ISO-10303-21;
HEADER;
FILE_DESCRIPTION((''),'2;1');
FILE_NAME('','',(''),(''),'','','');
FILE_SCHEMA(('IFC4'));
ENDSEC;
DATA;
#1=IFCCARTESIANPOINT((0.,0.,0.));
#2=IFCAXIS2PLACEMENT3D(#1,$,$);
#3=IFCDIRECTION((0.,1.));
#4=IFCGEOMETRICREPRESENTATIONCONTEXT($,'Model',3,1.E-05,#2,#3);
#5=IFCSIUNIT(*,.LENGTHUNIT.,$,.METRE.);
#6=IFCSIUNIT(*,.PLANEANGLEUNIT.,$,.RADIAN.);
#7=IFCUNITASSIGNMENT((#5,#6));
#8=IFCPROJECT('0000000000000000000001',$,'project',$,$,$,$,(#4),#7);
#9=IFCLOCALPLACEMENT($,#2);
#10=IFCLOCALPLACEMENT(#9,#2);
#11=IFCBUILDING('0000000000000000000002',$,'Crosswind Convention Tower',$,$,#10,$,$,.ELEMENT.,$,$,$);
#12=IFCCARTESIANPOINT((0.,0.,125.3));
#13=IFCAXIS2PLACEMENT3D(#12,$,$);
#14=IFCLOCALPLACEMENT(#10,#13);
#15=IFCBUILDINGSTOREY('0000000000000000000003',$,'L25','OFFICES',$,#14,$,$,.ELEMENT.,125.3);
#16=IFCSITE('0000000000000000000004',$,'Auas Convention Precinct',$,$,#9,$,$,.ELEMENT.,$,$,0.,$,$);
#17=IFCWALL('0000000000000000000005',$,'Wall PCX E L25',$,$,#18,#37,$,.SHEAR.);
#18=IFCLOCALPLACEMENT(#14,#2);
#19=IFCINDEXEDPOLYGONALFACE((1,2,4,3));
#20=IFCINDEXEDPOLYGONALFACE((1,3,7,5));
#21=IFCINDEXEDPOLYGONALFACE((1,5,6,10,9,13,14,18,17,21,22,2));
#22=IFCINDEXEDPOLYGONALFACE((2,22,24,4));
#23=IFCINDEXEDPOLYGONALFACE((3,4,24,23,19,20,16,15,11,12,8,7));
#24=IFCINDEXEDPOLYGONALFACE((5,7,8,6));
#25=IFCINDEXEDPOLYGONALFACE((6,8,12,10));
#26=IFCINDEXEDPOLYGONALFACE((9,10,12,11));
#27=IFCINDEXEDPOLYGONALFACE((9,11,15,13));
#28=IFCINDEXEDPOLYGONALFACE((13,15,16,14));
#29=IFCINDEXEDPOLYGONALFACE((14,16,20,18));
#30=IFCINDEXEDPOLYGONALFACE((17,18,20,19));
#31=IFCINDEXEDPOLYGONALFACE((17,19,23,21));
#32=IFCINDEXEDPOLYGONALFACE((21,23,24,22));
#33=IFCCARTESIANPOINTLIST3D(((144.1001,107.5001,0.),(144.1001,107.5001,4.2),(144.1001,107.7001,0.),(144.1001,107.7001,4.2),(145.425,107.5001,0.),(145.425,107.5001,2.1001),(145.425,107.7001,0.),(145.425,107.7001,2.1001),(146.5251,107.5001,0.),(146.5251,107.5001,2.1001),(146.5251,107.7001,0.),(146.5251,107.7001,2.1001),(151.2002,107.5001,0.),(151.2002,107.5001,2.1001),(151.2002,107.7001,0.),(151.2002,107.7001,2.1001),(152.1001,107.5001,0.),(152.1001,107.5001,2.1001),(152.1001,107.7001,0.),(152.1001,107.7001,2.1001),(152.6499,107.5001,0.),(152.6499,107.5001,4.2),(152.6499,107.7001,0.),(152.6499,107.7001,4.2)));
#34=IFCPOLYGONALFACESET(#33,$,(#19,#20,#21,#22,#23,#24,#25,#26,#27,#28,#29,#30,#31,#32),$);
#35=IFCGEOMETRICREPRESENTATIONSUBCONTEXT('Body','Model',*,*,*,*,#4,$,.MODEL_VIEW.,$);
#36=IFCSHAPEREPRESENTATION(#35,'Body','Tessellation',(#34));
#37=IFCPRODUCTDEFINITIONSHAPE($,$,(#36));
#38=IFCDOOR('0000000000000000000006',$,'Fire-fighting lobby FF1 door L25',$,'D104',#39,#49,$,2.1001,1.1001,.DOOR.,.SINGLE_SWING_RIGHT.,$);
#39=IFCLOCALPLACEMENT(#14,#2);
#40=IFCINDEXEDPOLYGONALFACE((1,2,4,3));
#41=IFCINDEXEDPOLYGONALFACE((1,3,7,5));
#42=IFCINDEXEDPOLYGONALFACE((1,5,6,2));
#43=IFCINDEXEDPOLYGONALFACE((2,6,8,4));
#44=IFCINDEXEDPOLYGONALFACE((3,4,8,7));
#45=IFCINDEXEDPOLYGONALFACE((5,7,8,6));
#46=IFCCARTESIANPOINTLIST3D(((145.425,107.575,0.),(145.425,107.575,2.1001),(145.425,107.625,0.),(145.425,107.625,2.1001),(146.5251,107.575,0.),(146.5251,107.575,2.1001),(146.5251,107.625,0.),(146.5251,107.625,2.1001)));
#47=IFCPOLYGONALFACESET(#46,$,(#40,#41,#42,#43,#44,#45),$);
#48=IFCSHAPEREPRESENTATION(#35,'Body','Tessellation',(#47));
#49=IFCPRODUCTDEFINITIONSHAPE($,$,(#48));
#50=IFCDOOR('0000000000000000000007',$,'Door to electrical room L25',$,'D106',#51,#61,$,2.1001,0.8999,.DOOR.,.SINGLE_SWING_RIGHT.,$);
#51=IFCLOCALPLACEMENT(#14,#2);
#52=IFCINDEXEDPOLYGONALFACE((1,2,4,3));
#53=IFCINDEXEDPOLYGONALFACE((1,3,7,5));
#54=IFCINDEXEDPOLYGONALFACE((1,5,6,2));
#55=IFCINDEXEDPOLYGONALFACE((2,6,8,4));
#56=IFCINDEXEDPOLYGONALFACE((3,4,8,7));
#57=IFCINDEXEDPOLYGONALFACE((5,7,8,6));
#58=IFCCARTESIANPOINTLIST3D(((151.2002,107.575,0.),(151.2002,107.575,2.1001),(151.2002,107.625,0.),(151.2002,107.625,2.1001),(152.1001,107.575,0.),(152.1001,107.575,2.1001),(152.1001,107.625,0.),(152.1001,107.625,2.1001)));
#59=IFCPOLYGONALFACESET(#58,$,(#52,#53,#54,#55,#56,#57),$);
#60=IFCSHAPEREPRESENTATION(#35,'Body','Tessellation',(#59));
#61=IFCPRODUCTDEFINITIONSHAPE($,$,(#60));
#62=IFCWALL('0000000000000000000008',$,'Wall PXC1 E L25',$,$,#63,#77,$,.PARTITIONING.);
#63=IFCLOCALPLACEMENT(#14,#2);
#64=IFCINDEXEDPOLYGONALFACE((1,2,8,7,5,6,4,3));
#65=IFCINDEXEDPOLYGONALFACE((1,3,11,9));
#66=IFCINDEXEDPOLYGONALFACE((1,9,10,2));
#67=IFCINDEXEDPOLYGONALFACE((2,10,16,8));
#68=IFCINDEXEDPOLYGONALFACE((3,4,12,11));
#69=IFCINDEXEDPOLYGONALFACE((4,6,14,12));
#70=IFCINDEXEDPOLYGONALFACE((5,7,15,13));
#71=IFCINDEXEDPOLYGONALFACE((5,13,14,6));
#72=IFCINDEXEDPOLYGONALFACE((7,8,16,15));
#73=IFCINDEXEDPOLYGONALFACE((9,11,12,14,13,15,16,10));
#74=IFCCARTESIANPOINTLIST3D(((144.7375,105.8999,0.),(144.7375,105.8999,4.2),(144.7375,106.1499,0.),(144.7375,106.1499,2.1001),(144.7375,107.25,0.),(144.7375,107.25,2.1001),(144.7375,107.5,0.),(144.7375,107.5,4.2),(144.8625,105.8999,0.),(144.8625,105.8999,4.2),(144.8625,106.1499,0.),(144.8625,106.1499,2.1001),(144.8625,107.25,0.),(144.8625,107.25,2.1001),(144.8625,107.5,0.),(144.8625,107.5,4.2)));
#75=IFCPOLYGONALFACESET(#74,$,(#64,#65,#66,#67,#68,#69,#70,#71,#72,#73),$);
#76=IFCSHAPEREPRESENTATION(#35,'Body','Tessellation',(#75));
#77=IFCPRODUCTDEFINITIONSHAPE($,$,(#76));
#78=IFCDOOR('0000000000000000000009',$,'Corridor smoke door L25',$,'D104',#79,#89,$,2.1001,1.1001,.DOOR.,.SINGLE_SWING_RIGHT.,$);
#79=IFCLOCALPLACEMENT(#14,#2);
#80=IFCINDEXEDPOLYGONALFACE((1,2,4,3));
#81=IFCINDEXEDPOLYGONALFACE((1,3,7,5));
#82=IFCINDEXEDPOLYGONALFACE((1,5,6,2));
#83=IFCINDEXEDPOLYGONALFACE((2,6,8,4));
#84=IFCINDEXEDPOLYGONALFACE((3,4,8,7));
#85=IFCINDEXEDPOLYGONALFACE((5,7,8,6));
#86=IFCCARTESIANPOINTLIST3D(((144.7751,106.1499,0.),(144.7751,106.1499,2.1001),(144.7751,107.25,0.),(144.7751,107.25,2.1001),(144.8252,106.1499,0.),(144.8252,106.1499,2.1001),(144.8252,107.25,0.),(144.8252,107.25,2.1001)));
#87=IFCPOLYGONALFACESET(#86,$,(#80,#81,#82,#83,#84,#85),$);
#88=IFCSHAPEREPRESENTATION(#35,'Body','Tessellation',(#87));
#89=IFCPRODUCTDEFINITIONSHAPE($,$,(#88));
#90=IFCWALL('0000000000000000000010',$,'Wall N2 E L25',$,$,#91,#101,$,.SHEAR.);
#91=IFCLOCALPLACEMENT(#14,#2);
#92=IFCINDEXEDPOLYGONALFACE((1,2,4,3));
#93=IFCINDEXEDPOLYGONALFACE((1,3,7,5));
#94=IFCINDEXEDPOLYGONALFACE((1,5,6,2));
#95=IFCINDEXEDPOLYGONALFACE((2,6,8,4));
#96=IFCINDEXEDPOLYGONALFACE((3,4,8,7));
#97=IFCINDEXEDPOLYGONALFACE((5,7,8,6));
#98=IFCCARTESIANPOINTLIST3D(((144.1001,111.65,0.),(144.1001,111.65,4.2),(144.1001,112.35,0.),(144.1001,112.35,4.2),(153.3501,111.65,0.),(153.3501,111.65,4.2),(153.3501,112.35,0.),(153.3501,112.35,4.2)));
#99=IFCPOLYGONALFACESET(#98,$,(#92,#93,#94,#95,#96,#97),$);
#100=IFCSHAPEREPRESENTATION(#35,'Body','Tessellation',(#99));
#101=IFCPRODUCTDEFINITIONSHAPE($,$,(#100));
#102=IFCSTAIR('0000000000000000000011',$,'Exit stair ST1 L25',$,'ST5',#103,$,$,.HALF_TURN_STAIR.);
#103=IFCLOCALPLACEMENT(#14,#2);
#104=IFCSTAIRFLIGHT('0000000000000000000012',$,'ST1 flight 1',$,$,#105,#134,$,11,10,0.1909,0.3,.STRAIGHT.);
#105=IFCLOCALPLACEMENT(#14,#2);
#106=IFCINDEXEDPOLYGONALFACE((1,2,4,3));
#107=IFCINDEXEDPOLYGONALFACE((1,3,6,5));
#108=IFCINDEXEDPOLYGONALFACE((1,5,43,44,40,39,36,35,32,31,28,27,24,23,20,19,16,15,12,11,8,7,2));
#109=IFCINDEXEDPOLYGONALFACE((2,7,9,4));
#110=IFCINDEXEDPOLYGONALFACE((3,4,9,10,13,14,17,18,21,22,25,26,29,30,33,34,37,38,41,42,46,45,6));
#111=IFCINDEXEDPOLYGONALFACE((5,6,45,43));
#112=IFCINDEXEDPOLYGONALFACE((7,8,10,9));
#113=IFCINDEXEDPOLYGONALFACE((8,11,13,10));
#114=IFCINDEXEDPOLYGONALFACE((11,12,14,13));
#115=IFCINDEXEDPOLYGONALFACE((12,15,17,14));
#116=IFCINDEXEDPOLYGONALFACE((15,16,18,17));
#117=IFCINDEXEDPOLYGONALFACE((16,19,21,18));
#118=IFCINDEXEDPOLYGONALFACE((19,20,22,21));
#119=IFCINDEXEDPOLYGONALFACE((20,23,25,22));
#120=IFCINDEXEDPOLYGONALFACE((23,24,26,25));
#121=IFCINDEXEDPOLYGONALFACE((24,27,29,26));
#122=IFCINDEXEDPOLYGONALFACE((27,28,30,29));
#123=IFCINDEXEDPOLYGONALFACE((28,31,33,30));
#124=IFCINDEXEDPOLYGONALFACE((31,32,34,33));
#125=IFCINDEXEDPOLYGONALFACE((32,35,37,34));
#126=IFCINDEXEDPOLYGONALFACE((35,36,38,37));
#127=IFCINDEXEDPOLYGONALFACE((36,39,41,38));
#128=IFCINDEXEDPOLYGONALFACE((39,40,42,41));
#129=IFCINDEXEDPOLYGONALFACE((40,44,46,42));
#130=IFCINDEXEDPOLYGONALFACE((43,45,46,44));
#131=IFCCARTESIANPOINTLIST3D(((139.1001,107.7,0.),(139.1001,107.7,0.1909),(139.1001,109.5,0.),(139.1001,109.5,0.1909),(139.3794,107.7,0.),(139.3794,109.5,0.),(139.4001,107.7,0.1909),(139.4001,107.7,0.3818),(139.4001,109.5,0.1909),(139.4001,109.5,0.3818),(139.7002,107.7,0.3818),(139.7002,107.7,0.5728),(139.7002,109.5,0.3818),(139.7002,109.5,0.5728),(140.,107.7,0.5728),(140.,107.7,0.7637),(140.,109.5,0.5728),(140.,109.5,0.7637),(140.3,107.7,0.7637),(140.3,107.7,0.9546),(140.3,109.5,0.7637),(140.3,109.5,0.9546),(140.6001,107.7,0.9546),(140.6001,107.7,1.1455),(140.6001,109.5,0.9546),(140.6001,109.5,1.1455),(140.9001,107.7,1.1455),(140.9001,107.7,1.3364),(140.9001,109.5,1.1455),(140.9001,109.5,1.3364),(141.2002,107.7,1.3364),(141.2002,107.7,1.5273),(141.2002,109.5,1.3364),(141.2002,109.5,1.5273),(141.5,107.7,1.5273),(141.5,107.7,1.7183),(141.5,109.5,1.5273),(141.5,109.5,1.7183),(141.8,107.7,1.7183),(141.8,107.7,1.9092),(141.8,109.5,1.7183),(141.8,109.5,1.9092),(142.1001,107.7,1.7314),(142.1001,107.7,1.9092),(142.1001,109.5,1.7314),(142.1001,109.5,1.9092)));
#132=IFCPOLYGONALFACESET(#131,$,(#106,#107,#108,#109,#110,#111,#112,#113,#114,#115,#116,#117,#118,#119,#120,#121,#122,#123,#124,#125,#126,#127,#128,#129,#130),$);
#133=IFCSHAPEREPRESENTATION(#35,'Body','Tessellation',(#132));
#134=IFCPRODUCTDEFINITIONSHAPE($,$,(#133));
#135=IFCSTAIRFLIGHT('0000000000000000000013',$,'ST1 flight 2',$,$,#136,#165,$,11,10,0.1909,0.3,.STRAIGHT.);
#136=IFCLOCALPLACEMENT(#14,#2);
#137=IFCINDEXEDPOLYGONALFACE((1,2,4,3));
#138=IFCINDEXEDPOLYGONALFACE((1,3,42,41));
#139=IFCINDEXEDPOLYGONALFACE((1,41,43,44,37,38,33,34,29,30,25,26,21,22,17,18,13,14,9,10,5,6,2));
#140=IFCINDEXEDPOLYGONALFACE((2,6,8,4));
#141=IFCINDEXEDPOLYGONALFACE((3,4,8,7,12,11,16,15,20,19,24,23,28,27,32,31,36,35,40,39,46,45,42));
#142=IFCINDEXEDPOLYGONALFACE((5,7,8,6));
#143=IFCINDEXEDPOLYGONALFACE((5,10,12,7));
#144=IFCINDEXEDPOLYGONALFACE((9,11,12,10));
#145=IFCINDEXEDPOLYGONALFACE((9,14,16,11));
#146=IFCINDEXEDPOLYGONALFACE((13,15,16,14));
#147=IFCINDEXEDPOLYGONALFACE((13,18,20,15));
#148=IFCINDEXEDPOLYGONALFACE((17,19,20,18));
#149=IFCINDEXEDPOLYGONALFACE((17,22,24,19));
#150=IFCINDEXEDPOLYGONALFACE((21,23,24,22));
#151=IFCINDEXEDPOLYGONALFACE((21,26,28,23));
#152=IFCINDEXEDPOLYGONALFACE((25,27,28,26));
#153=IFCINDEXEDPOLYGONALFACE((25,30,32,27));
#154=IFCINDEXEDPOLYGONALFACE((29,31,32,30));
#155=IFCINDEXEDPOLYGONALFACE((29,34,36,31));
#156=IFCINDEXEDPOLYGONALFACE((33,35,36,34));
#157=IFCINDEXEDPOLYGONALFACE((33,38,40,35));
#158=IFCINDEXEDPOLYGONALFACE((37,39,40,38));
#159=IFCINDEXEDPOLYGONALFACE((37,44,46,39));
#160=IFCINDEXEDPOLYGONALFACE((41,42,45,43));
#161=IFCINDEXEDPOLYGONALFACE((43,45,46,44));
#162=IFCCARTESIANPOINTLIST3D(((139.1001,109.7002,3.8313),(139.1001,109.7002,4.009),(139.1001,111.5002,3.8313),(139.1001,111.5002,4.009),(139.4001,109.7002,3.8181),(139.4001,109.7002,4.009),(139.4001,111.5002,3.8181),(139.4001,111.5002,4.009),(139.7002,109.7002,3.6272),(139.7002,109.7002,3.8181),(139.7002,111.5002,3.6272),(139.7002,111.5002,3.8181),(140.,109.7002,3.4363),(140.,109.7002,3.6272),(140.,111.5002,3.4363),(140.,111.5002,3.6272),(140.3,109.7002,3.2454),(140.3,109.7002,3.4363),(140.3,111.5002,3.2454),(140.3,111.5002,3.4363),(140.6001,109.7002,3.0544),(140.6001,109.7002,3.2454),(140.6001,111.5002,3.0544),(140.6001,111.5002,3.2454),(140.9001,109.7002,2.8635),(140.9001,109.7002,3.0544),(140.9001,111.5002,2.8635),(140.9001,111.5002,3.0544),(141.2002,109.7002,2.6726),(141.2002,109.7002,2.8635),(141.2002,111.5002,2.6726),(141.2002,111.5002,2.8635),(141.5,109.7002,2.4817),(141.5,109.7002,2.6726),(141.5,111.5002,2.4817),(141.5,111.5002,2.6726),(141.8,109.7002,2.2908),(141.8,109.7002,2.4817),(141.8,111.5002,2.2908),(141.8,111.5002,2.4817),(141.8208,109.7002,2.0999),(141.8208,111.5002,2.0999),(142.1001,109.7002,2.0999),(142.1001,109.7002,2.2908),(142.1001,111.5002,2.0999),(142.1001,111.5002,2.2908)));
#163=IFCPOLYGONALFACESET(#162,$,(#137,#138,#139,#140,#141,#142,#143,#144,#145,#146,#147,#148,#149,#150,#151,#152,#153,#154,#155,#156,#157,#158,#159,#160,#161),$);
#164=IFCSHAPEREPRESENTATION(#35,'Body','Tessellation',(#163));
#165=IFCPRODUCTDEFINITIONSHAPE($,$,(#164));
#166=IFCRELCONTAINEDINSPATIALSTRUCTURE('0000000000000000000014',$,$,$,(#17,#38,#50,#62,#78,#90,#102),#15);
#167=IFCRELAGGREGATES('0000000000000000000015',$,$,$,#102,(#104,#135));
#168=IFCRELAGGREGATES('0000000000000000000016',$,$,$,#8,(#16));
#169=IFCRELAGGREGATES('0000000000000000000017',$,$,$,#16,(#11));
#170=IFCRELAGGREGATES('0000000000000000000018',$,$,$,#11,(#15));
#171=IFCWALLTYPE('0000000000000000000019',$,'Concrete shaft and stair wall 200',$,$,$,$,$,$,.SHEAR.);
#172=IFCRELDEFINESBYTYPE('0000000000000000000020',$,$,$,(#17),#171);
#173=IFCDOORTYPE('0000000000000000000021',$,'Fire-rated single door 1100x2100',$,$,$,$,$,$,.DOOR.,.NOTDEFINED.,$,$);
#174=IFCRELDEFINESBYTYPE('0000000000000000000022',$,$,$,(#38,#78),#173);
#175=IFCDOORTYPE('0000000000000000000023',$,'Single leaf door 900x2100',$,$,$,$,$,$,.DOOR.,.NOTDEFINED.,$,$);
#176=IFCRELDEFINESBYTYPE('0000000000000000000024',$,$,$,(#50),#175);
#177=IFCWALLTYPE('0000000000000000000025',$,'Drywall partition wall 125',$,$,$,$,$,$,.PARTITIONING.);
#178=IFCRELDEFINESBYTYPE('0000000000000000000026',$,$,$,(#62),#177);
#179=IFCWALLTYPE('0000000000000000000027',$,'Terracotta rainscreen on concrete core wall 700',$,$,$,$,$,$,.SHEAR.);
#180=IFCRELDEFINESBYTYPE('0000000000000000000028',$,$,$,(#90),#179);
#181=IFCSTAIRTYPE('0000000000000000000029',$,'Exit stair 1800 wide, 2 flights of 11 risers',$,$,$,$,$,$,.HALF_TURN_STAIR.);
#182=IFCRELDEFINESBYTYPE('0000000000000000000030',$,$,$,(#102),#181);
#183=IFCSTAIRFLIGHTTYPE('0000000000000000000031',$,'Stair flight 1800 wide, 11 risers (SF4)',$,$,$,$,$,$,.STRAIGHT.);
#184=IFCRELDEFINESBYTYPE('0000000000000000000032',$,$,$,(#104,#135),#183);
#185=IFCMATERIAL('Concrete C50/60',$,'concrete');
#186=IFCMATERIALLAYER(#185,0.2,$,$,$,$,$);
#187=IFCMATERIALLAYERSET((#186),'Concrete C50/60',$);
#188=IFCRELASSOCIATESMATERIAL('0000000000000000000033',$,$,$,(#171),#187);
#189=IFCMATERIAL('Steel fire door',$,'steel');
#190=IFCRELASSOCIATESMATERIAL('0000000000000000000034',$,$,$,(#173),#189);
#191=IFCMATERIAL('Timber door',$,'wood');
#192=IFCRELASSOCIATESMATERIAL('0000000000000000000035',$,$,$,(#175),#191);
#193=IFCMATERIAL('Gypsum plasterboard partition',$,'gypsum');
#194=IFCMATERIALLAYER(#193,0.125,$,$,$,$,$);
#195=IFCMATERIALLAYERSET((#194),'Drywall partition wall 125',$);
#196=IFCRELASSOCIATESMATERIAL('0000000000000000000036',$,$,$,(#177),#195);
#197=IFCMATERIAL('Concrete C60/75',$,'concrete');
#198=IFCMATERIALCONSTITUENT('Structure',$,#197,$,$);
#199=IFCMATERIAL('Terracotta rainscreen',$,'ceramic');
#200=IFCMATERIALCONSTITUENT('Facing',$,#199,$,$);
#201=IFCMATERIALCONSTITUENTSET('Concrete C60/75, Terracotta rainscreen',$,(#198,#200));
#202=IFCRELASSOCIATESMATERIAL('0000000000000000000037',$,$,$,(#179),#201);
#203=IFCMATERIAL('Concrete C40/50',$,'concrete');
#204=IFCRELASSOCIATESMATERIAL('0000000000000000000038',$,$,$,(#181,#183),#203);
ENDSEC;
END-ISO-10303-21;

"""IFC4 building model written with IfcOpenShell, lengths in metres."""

from ifc_helpers import new_model, si_unit, direction, frame, frame_2d, origin, place, context, subcontext, project, spatial, polyline, rectangle, outline, extrude, material, layer, layer_set, constituent, constituent_set, type_object, element, fill, aggregate, save


model = new_model("IFC4")

# Units and contexts
model_context = context("Model", 3, precision=1e-05, world=origin(), true_north=direction((0.0, 1.0)))
body_context = subcontext(model_context, "Body", "Model", "MODEL_VIEW")
ifc_project = project(units=[si_unit("LENGTHUNIT", "METRE"), si_unit("PLANEANGLEUNIT", "RADIAN")], contexts=[model_context])

# Site, building, storey
site_placement = place(None, origin())
site = spatial("IfcSite", under=ifc_project, at=site_placement, Name="Auas Convention Precinct", CompositionType="ELEMENT", RefElevation=0.0)
building_placement = place(site_placement, origin())
building = spatial("IfcBuilding", under=site, at=building_placement, Name="Crosswind Convention Tower", CompositionType="ELEMENT")
storey_placement = place(building_placement, frame((0.0, 0.0, 125.3)))
storey = spatial("IfcBuildingStorey", under=building, at=storey_placement, Name="L25", Description="OFFICES", CompositionType="ELEMENT", Elevation=125.3)

# Shared definitions
ifc_material_1 = material(Name="Concrete C60/75", Category="concrete")

# Shared definitions
ifc_material_2 = material(Name="Concrete C50/60", Category="concrete")
ifc_layer_1 = layer(ifc_material_2, 0.2)
ifc_layer_set_1 = layer_set([ifc_layer_1], Name="Concrete C50/60")
wall_type_1 = type_object("IfcWallType", Name="Concrete shaft and stair wall 200", PredefinedType="SHEAR", material=ifc_layer_set_1)

# Wall, openings, doors
wall_1_placement = place(storey_placement, frame((144.1001, 107.6001, 0.0), z_axis=(0.0, 0.0, 1.0), x_axis=(1.0, 0.0, 0.0)))
wall_1 = element("IfcWall", 1, at=wall_1_placement, inside=storey, type_object=wall_type_1, Name="Wall PCX E L25", PredefinedType="SHEAR", context=body_context, shape_type="SweptSolid", body=[
    extrude(rectangle(XDim=8.5498, YDim=0.2, at=frame_2d((4.2749, 0.0))), origin(), (0.0, 0.0, 1.0), 4.2),
])
opening_1_placement = place(wall_1_placement, frame((1.325, 0.0, 0.0)))
opening_1 = element("IfcOpeningElement", 2, at=opening_1_placement, cuts=wall_1, PredefinedType="OPENING", context=body_context, shape_type="SweptSolid", body=[
    extrude(rectangle(XDim=1.1001, YDim=2.1001, at=frame_2d((0.55, 1.05))), frame((0.0, 0.1099, 0.0), z_axis=(0.0, -1.0, 0.0), x_axis=(1.0, 0.0, 0.0)), (0.0, 0.0, 1.0), 0.22),
])
opening_2_placement = place(wall_1_placement, frame((7.1001, 0.0, 0.0)))
opening_2 = element("IfcOpeningElement", 3, at=opening_2_placement, cuts=wall_1, PredefinedType="OPENING", context=body_context, shape_type="SweptSolid", body=[
    extrude(rectangle(XDim=0.8999, YDim=2.1001, at=frame_2d((0.45, 1.05))), frame((0.0, 0.1099, 0.0), z_axis=(0.0, -1.0, 0.0), x_axis=(1.0, 0.0, 0.0)), (0.0, 0.0, 1.0), 0.22),
])
ifc_material_3 = material(Name="Steel fire door", Category="steel")
door_type_1 = type_object("IfcDoorType", Name="Fire-rated single door 1100x2100", OperationType="NOTDEFINED", PredefinedType="DOOR", material=ifc_material_3)
door_1_placement = place(opening_1_placement, origin())
door_1 = element("IfcDoor", 4, at=door_1_placement, inside=storey, type_object=door_type_1, Name="Fire-fighting lobby FF1 door L25", ObjectType="D104", OperationType="SINGLE_SWING_RIGHT", OverallHeight=2.1001, OverallWidth=1.1001, PredefinedType="DOOR", context=body_context, shape_type="SweptSolid", body=[
    extrude(rectangle(XDim=1.1001, YDim=2.1001, at=frame_2d((0.55, 1.05))), frame((0.0, 0.0249, 0.0), z_axis=(0.0, -1.0, 0.0), x_axis=(1.0, 0.0, 0.0)), (0.0, 0.0, 1.0), 0.05),
])
fill(opening_1, door_1)
ifc_material_4 = material(Name="Timber door", Category="wood")
door_type_2 = type_object("IfcDoorType", Name="Single leaf door 900x2100", OperationType="NOTDEFINED", PredefinedType="DOOR", material=ifc_material_4)
door_2_placement = place(opening_2_placement, origin())
door_2 = element("IfcDoor", 5, at=door_2_placement, inside=storey, type_object=door_type_2, Name="Door to electrical room L25", ObjectType="D106", OperationType="SINGLE_SWING_RIGHT", OverallHeight=2.1001, OverallWidth=0.8999, PredefinedType="DOOR", context=body_context, shape_type="SweptSolid", body=[
    extrude(rectangle(XDim=0.8999, YDim=2.1001, at=frame_2d((0.45, 1.05))), frame((0.0, 0.0249, 0.0), z_axis=(0.0, -1.0, 0.0), x_axis=(1.0, 0.0, 0.0)), (0.0, 0.0, 1.0), 0.05),
])
fill(opening_2, door_2)

# Wall, opening, door
ifc_material_5 = material(Name="Gypsum plasterboard partition", Category="gypsum")
ifc_layer_2 = layer(ifc_material_5, 0.125)
ifc_layer_set_2 = layer_set([ifc_layer_2], Name="Drywall partition wall 125")
wall_type_2 = type_object("IfcWallType", Name="Drywall partition wall 125", PredefinedType="PARTITIONING", material=ifc_layer_set_2)
wall_2_placement = place(storey_placement, frame((144.8, 105.8999, 0.0), z_axis=(0.0, 0.0, 1.0), x_axis=(0.0, 1.0, 0.0)))
wall_2 = element("IfcWall", 6, at=wall_2_placement, inside=storey, type_object=wall_type_2, Name="Wall PXC1 E L25", PredefinedType="PARTITIONING", context=body_context, shape_type="SweptSolid", body=[
    extrude(rectangle(XDim=1.6001, YDim=0.125, at=frame_2d((0.8, 0.0))), origin(), (0.0, 0.0, 1.0), 4.2),
])
opening_3_placement = place(wall_2_placement, frame((0.25, 0.0, 0.0)))
opening_3 = element("IfcOpeningElement", 7, at=opening_3_placement, cuts=wall_2, PredefinedType="OPENING", context=body_context, shape_type="SweptSolid", body=[
    extrude(rectangle(XDim=1.1001, YDim=2.1001, at=frame_2d((0.55, 1.05))), frame((0.0, 0.0725, 0.0), z_axis=(0.0, -1.0, 0.0), x_axis=(1.0, 0.0, 0.0)), (0.0, 0.0, 1.0), 0.145),
])
door_3_placement = place(opening_3_placement, origin())
door_3 = element("IfcDoor", 8, at=door_3_placement, inside=storey, type_object=door_type_1, Name="Corridor smoke door L25", ObjectType="D104", OperationType="SINGLE_SWING_RIGHT", OverallHeight=2.1001, OverallWidth=1.1001, PredefinedType="DOOR", context=body_context, shape_type="SweptSolid", body=[
    extrude(rectangle(XDim=1.1001, YDim=2.1001, at=frame_2d((0.55, 1.05))), frame((0.0, 0.0249, 0.0), z_axis=(0.0, -1.0, 0.0), x_axis=(1.0, 0.0, 0.0)), (0.0, 0.0, 1.0), 0.05),
])
fill(opening_3, door_3)

# Wall
ifc_constituent_1 = constituent(ifc_material_1, Name="Structure")
ifc_material_6 = material(Name="Terracotta rainscreen", Category="ceramic")
ifc_constituent_2 = constituent(ifc_material_6, Name="Facing")
ifc_constituent_set = constituent_set(constituents=[ifc_constituent_1, ifc_constituent_2], Name="Concrete C60/75, Terracotta rainscreen")
wall_type_3 = type_object("IfcWallType", Name="Terracotta rainscreen on concrete core wall 700", PredefinedType="SHEAR", material=ifc_constituent_set)
wall_3_placement = place(storey_placement, frame((144.1001, 112.0, 0.0), z_axis=(0.0, 0.0, 1.0), x_axis=(1.0, 0.0, 0.0)))
element("IfcWall", 9, at=wall_3_placement, inside=storey, type_object=wall_type_3, Name="Wall N2 E L25", PredefinedType="SHEAR", context=body_context, shape_type="SweptSolid", body=[
    extrude(rectangle(XDim=9.25, YDim=0.7, at=frame_2d((4.625, 0.0))), origin(), (0.0, 0.0, 1.0), 4.2),
])

# Stair, stair flights
ifc_material_7 = material(Name="Concrete C40/50", Category="concrete")
stair_type = type_object("IfcStairType", Name="Exit stair 1800 wide, 2 flights of 11 risers", PredefinedType="HALF_TURN_STAIR", material=ifc_material_7)
stair_placement = place(storey_placement, origin())
stair = element("IfcStair", 10, at=stair_placement, inside=storey, type_object=stair_type, Name="Exit stair ST1 L25", ObjectType="ST5", PredefinedType="HALF_TURN_STAIR")
stair_flight_type = type_object("IfcStairFlightType", Name="Stair flight 1800 wide, 11 risers (SF4)", PredefinedType="STRAIGHT", material=ifc_material_7)
stair_flight_1_placement = place(storey_placement, frame((139.1001, 108.6001, 0.0), z_axis=(0.0, 0.0, 1.0), x_axis=(1.0, 0.0, 0.0)))
stair_flight_1 = element("IfcStairFlight", 11, at=stair_flight_1_placement, type_object=stair_flight_type, Name="ST1 flight 1", NumberOfRisers=11, NumberOfTreads=10, PredefinedType="STRAIGHT", RiserHeight=0.1909, TreadLength=0.3, context=body_context, shape_type="SweptSolid", body=[
    extrude(outline(polyline([(0.0, 0.0), (0.0, 0.1909), (0.3, 0.1909), (0.3, 0.3818), (0.6001, 0.3818), (0.6001, 0.5728), (0.8999, 0.5728), (0.8999, 0.7637), (1.2, 0.7637), (1.2, 0.9546), (1.5, 0.9546), (1.5, 1.1455), (1.8, 1.1455), (1.8, 1.3364), (2.1001, 1.3364), (2.1001, 1.5273), (2.3999, 1.5273), (2.3999, 1.7183), (2.7, 1.7183), (2.7, 1.9092), (3.0, 1.9092), (3.0, 2.1001), (3.0, 1.7314), (0.2793, 0.0), (0.0, 0.0)])), frame((0.0, 0.8999, 0.0), z_axis=(0.0, -1.0, 0.0), x_axis=(1.0, 0.0, 0.0)), (0.0, 0.0, 1.0), 1.8),
])
stair_flight_2_placement = place(storey_placement, frame((142.1001, 110.6001, 2.0999), z_axis=(0.0, 0.0, 1.0), x_axis=(-1.0, 0.0, 0.0)))
stair_flight_2 = element("IfcStairFlight", 12, at=stair_flight_2_placement, type_object=stair_flight_type, Name="ST1 flight 2", NumberOfRisers=11, NumberOfTreads=10, PredefinedType="STRAIGHT", RiserHeight=0.1909, TreadLength=0.3, context=body_context, shape_type="SweptSolid", body=[
    extrude(outline(polyline([(0.0, 0.0), (0.0, 0.1909), (0.3, 0.1909), (0.3, 0.3818), (0.6001, 0.3818), (0.6001, 0.5728), (0.8999, 0.5728), (0.8999, 0.7637), (1.2, 0.7637), (1.2, 0.9546), (1.5, 0.9546), (1.5, 1.1455), (1.8, 1.1455), (1.8, 1.3364), (2.1001, 1.3364), (2.1001, 1.5273), (2.3999, 1.5273), (2.3999, 1.7183), (2.7, 1.7183), (2.7, 1.9092), (3.0, 1.9092), (3.0, 2.1001), (3.0, 1.7314), (0.2793, 0.0), (0.0, 0.0)])), frame((0.0, 0.8999, 0.0), z_axis=(0.0, -1.0, 0.0), x_axis=(1.0, 0.0, 0.0)), (0.0, 0.0, 1.0), 1.8),
])
aggregate(stair, [stair_flight_1, stair_flight_2])

save(model, "model.ifc")
